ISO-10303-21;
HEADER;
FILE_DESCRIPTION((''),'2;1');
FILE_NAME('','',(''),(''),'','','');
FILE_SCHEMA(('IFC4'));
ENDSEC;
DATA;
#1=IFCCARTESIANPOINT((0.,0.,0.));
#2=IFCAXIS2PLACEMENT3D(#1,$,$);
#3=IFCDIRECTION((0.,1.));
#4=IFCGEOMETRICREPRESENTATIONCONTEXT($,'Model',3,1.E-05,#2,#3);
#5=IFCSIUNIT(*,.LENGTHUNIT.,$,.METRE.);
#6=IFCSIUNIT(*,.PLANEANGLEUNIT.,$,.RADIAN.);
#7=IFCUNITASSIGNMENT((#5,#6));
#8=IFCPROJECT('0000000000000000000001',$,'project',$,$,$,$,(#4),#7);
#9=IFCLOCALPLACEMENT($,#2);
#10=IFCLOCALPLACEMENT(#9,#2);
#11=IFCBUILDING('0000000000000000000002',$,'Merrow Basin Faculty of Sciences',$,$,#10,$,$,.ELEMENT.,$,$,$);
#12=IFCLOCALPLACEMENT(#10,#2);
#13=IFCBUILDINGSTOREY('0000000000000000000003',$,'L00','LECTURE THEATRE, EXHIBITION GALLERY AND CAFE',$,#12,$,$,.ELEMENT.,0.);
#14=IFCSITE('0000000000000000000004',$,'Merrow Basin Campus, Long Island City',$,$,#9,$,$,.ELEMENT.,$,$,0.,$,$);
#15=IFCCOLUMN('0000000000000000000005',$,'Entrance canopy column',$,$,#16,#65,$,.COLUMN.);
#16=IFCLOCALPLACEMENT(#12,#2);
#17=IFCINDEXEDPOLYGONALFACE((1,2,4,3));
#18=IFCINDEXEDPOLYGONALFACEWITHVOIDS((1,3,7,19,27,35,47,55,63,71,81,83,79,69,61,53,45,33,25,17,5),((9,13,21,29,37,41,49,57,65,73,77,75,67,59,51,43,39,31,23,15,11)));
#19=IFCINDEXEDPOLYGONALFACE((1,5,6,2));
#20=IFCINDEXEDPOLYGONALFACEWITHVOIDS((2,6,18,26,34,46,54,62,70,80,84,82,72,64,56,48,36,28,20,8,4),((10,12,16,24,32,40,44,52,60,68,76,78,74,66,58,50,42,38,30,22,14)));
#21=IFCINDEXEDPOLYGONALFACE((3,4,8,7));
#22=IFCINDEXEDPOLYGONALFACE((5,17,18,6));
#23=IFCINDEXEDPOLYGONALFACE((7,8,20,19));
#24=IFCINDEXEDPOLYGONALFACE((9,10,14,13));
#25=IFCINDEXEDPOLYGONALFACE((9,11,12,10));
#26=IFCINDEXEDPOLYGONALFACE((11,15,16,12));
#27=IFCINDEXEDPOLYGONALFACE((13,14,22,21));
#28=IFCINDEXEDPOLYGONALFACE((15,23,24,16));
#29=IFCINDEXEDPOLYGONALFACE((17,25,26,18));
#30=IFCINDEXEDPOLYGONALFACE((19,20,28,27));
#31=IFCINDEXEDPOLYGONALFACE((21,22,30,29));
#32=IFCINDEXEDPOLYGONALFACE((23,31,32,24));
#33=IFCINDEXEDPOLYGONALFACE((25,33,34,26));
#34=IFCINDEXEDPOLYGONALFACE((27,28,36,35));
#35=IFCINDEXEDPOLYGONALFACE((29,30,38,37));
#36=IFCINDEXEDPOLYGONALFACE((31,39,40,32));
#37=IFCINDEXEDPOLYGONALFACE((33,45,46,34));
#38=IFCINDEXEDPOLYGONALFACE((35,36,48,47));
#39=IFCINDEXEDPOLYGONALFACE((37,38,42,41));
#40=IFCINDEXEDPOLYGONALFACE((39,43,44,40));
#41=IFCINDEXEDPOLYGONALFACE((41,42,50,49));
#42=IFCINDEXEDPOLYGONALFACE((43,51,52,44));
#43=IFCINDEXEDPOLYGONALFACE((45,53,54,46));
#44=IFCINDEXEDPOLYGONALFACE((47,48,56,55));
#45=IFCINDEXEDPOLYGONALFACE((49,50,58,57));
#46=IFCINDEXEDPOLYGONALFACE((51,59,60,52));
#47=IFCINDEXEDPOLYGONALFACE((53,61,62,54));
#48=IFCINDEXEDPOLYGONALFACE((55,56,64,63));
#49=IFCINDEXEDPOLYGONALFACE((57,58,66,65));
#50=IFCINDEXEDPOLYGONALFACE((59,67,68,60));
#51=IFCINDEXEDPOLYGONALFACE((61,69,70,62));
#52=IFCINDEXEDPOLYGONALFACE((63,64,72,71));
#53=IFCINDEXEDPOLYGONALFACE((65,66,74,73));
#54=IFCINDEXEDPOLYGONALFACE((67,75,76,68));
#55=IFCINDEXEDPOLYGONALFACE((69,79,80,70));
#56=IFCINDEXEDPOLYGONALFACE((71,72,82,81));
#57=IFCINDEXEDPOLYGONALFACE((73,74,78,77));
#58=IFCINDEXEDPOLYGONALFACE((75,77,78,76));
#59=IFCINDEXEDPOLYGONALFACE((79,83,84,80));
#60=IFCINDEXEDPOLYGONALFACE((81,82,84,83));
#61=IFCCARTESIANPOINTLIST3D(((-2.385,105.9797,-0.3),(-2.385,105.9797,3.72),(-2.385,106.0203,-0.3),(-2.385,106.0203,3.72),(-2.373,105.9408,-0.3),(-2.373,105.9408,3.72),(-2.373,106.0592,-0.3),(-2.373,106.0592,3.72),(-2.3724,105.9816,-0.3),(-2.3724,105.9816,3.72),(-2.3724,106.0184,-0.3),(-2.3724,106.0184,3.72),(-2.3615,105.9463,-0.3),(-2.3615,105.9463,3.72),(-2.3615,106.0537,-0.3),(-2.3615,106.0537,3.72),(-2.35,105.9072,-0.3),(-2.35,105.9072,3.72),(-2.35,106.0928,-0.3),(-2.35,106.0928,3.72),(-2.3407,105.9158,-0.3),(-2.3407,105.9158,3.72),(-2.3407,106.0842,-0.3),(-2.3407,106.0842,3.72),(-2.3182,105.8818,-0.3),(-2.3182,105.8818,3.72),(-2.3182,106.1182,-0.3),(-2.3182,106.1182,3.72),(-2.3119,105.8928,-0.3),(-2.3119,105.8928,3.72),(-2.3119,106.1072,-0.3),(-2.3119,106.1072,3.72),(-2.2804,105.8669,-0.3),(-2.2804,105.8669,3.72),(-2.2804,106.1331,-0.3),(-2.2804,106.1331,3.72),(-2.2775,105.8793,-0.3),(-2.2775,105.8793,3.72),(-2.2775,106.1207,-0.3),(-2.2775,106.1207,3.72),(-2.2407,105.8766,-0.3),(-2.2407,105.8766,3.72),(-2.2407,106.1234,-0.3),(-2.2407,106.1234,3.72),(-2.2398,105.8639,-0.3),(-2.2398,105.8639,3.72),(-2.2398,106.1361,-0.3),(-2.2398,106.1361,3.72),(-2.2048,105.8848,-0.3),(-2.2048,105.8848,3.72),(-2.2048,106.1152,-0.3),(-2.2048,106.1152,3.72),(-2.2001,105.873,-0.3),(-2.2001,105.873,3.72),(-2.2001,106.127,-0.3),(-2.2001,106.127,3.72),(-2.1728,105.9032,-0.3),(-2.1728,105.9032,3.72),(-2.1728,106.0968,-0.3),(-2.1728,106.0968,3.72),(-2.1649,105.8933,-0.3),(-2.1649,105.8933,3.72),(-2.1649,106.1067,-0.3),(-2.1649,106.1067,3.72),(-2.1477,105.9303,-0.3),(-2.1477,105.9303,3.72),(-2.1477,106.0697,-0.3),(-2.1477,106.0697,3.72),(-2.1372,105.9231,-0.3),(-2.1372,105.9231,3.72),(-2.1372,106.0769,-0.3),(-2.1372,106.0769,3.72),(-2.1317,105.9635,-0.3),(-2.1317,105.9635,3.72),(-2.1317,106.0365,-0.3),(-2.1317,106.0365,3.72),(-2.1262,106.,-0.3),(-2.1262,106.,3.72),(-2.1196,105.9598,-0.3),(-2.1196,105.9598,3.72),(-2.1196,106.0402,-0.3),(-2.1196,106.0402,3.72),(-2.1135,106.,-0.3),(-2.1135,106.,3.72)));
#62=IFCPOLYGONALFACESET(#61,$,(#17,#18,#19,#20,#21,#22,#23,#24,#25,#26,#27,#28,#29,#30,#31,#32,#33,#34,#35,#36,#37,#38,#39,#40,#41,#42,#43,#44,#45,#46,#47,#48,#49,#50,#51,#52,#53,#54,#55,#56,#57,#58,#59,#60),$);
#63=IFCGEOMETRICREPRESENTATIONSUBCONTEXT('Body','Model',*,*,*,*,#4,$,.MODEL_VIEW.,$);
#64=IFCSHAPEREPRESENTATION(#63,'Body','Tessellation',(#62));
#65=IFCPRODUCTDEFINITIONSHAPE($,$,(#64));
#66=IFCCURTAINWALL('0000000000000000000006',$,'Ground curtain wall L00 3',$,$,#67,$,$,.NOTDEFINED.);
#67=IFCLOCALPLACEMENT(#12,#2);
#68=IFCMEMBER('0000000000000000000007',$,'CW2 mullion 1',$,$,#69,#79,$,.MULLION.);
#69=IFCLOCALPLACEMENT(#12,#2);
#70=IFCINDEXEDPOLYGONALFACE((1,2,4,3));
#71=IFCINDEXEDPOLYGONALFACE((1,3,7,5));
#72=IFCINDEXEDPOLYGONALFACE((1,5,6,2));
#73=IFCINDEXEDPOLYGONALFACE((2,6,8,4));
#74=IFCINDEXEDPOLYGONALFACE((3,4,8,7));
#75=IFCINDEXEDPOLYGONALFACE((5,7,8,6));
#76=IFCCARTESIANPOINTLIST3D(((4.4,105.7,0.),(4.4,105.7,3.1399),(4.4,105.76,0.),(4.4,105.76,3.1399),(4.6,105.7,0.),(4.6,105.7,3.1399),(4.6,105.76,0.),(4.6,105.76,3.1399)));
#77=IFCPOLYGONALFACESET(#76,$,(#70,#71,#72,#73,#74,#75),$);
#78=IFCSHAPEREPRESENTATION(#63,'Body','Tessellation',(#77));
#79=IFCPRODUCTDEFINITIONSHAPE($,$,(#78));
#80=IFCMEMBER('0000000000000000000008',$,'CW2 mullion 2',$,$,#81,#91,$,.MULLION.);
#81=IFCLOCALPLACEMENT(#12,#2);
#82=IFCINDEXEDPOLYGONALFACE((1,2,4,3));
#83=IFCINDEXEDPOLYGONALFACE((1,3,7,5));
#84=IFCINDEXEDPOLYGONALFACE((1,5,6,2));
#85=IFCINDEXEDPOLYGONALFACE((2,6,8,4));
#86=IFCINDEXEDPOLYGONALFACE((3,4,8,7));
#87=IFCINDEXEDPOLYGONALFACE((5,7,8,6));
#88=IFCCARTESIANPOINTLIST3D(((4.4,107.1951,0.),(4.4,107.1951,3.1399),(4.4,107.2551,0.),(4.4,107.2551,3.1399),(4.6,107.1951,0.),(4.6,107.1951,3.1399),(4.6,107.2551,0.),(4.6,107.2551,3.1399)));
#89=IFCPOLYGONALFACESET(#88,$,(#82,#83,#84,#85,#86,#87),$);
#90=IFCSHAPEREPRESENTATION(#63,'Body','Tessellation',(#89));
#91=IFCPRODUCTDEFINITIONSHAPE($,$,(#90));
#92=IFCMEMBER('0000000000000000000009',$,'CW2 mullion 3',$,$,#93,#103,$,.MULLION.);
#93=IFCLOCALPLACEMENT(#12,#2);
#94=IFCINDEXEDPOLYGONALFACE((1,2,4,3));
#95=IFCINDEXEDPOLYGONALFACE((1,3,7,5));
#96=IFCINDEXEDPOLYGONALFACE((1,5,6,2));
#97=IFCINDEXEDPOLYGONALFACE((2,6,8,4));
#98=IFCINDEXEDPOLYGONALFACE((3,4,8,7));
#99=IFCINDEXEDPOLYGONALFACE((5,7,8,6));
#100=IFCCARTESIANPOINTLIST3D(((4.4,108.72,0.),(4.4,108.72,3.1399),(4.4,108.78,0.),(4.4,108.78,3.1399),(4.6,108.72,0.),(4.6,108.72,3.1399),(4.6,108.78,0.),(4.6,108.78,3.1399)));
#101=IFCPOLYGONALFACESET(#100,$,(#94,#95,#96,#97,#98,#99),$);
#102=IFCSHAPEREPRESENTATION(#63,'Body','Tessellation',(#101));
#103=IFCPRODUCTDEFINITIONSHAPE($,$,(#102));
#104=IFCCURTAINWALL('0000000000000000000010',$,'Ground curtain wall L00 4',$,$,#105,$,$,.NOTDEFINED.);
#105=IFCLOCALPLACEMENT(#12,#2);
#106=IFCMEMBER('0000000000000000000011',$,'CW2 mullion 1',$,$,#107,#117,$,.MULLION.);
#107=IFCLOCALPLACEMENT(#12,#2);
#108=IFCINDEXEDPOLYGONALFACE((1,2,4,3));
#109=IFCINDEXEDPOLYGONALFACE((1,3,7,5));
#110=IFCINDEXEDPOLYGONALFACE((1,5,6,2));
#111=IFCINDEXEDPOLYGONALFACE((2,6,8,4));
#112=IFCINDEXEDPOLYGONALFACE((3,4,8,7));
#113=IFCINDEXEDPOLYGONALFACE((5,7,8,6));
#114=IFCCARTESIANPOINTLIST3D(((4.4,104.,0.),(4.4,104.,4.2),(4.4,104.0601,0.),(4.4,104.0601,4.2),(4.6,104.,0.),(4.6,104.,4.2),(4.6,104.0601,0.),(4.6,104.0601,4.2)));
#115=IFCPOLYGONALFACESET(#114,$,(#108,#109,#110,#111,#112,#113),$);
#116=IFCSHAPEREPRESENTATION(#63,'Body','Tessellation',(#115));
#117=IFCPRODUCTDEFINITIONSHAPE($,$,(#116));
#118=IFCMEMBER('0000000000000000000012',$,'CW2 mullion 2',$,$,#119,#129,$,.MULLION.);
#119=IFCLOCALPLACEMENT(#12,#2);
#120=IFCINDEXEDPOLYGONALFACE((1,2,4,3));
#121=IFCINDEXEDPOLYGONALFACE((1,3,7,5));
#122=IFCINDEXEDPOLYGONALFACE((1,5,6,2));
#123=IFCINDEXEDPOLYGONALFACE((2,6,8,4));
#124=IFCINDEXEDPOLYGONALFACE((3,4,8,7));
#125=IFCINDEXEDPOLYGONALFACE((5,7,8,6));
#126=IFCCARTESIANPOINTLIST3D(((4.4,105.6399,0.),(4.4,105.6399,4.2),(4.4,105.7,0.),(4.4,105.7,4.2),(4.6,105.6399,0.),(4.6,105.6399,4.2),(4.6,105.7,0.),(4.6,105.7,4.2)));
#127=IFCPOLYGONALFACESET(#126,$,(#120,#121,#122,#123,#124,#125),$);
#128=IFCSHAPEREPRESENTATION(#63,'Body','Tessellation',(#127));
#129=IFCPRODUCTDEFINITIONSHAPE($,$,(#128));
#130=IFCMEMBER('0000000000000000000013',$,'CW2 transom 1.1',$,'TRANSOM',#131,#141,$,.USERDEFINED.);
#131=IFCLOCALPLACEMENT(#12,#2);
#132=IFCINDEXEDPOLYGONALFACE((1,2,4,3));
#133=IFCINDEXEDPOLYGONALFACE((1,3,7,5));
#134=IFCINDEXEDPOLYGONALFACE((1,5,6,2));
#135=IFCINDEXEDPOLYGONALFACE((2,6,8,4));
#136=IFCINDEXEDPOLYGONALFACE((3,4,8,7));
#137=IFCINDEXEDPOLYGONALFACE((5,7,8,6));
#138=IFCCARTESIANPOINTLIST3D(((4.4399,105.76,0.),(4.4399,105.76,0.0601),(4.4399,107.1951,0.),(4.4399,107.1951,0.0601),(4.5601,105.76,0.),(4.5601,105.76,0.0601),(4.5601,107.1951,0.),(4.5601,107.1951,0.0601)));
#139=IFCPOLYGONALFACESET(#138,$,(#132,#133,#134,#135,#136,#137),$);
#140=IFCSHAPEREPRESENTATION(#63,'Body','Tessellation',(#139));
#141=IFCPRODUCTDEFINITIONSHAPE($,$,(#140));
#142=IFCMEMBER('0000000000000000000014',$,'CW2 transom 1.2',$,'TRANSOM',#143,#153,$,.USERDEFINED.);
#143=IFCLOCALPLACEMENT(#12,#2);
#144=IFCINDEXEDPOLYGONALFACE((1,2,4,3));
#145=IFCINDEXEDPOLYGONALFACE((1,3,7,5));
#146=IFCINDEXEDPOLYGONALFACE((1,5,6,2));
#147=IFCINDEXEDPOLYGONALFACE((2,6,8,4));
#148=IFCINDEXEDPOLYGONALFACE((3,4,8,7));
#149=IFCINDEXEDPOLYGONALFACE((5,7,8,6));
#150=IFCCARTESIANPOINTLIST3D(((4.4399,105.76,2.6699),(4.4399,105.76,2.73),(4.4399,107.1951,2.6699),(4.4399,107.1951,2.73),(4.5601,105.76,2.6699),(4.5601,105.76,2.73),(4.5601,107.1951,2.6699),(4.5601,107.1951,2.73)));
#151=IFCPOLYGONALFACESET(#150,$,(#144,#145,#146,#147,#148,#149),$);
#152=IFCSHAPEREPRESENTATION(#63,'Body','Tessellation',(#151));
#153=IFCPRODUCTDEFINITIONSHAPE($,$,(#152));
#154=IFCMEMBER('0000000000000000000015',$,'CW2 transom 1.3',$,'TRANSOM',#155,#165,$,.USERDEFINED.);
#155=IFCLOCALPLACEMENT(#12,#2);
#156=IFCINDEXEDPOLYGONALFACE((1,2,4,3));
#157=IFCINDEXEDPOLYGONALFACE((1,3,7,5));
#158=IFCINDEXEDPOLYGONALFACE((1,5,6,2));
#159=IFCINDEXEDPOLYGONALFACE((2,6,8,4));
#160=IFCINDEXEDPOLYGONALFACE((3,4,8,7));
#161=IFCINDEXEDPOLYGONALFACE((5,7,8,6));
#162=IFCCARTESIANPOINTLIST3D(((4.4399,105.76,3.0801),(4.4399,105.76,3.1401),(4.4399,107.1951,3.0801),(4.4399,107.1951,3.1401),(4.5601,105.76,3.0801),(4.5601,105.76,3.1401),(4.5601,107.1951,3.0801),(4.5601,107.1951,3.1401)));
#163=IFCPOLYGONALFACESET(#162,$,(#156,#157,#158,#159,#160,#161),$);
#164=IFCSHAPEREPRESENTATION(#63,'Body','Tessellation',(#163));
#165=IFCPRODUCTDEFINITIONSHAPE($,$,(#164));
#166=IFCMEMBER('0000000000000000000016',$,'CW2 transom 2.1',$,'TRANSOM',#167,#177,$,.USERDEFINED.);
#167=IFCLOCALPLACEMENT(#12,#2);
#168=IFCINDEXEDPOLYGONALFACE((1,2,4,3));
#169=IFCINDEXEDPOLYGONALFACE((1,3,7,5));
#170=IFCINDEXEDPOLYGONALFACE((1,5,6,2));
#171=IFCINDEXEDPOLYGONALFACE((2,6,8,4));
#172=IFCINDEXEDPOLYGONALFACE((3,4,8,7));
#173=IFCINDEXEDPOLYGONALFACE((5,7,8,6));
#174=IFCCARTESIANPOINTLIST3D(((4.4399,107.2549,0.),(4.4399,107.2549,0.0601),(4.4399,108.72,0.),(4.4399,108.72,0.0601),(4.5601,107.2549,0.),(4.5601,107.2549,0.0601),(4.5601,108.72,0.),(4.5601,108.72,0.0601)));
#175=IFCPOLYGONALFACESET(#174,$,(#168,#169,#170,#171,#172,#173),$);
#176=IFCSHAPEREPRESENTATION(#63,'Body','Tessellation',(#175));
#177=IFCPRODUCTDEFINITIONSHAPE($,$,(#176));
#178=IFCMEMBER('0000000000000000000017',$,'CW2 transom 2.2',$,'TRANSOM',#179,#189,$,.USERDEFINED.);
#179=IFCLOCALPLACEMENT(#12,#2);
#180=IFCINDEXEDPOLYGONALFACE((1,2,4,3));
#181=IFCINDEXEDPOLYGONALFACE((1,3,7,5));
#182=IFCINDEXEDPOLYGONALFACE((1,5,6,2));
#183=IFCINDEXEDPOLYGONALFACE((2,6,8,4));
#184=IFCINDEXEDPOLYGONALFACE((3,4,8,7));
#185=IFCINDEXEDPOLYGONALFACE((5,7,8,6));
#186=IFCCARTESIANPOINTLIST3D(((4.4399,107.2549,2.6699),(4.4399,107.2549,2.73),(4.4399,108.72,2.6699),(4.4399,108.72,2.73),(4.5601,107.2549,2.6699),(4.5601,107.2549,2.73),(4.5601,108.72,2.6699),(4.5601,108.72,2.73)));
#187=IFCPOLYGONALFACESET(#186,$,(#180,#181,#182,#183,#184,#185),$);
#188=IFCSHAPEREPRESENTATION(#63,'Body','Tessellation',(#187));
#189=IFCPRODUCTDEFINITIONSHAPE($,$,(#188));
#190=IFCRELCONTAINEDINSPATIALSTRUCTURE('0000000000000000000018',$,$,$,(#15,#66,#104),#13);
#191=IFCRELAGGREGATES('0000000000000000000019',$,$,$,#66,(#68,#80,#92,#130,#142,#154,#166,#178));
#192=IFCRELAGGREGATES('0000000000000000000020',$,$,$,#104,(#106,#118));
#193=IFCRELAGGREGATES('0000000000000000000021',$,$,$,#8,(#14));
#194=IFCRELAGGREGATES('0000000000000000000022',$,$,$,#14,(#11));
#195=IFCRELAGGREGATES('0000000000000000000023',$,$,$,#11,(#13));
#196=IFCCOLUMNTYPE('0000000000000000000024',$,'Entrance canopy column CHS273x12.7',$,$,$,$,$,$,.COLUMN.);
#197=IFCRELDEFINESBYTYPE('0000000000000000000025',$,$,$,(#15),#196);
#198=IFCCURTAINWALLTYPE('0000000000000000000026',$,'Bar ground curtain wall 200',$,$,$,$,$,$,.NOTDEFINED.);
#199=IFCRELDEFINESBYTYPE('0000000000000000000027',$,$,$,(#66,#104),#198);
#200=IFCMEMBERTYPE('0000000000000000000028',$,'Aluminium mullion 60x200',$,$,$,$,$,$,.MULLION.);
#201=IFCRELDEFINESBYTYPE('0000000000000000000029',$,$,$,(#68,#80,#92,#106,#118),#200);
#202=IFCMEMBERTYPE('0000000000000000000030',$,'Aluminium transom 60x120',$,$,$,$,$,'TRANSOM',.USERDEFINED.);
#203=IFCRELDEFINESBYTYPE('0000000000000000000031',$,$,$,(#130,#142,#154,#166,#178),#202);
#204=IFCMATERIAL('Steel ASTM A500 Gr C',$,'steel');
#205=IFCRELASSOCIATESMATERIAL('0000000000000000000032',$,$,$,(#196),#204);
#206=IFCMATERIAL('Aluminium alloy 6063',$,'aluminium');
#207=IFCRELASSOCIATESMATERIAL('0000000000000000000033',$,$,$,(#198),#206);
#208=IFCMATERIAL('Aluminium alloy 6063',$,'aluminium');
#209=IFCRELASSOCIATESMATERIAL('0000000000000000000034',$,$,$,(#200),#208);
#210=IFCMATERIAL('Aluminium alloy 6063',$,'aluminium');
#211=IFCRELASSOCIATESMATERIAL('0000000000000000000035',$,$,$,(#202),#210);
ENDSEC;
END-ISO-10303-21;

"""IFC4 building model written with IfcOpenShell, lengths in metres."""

from ifc_helpers import new_model, si_unit, direction, frame, origin, origin_2d, place, context, subcontext, project, spatial, rectangle, hollow_circle, extrude, material, material_profile, profile_set, type_object, element, aggregate, save


model = new_model("IFC4")

# Units and contexts
model_context = context("Model", 3, precision=1e-05, world=origin(), true_north=direction((0.0, 1.0)))
body_context = subcontext(model_context, "Body", "Model", "MODEL_VIEW")
ifc_project = project(units=[si_unit("LENGTHUNIT", "METRE"), si_unit("PLANEANGLEUNIT", "RADIAN")], contexts=[model_context])

# Site, building, storey
site_placement = place(None, origin())
site = spatial("IfcSite", under=ifc_project, at=site_placement, Name="Merrow Basin Campus, Long Island City", CompositionType="ELEMENT", RefElevation=0.0)
building_placement = place(site_placement, origin())
building = spatial("IfcBuilding", under=site, at=building_placement, Name="Merrow Basin Faculty of Sciences", CompositionType="ELEMENT")
storey_placement = place(building_placement, origin())
storey = spatial("IfcBuildingStorey", under=building, at=storey_placement, Name="L00", Description="LECTURE THEATRE, EXHIBITION GALLERY AND CAFE", CompositionType="ELEMENT", Elevation=0.0)

# Column
ifc_material_1 = material(Name="Steel ASTM A500 Gr C", Category="steel")
ifc_material_profile_1 = material_profile(ifc_material_1, hollow_circle(Radius=0.1365, WallThickness=0.0127, at=origin_2d()))
ifc_profile_set_1 = profile_set([ifc_material_profile_1], Name="Steel ASTM A500 Gr C")
column_type_1 = type_object("IfcColumnType", Name="Entrance canopy column CHS273x12.7", PredefinedType="COLUMN", material=ifc_profile_set_1)
column_1_placement = place(storey_placement, frame((-2.25, 106.0, -0.3), z_axis=(0.0, 0.0, 1.0), x_axis=(1.0, 0.0, 0.0)))
element("IfcColumn", 1, at=column_1_placement, inside=storey, type_object=column_type_1, Name="Entrance canopy column", PredefinedType="COLUMN", context=body_context, shape_type="SweptSolid", body=[
    extrude(hollow_circle(Radius=0.1365, WallThickness=0.0127, at=origin_2d()), origin(), (0.0, 0.0, 1.0), 4.02),
])

# Curtain walls, members
ifc_material_2 = material(Name="Aluminium alloy 6063", Category="aluminium")
curtain_wall_type = type_object("IfcCurtainWallType", Name="Bar ground curtain wall 200", PredefinedType="NOTDEFINED", material=ifc_material_2)
curtain_wall_1_placement = place(storey_placement, origin())
curtain_wall_1 = element("IfcCurtainWall", 2, at=curtain_wall_1_placement, inside=storey, type_object=curtain_wall_type, Name="Ground curtain wall L00 3", PredefinedType="NOTDEFINED")
ifc_material_3 = material(Name="Aluminium alloy 6063", Category="aluminium")
ifc_material_profile_2 = material_profile(ifc_material_3, rectangle(XDim=0.2, YDim=0.0601, at=origin_2d()))
ifc_profile_set_2 = profile_set([ifc_material_profile_2], Name="Aluminium alloy 6063")
member_type_1 = type_object("IfcMemberType", Name="Aluminium mullion 60x200", PredefinedType="MULLION", material=ifc_profile_set_2)
member_1_placement = place(storey_placement, frame((4.5, 105.73, 0.0), z_axis=(0.0, 0.0, 1.0), x_axis=(-1.0, 0.0, 0.0)))
member_1 = element("IfcMember", 3, at=member_1_placement, type_object=member_type_1, Name="CW2 mullion 1", PredefinedType="MULLION", context=body_context, shape_type="SweptSolid", body=[
    extrude(rectangle(XDim=0.2, YDim=0.0601, at=origin_2d()), origin(), (0.0, 0.0, 1.0), 3.1399),
])
member_2_placement = place(storey_placement, frame((4.5, 107.2251, 0.0), z_axis=(0.0, 0.0, 1.0), x_axis=(-1.0, 0.0, 0.0)))
member_2 = element("IfcMember", 4, at=member_2_placement, type_object=member_type_1, Name="CW2 mullion 2", PredefinedType="MULLION", context=body_context, shape_type="SweptSolid", body=[
    extrude(rectangle(XDim=0.2, YDim=0.0601, at=origin_2d()), origin(), (0.0, 0.0, 1.0), 3.1399),
])
member_3_placement = place(storey_placement, frame((4.5, 108.75, 0.0), z_axis=(0.0, 0.0, 1.0), x_axis=(-1.0, 0.0, 0.0)))
member_3 = element("IfcMember", 5, at=member_3_placement, type_object=member_type_1, Name="CW2 mullion 3", PredefinedType="MULLION", context=body_context, shape_type="SweptSolid", body=[
    extrude(rectangle(XDim=0.2, YDim=0.0601, at=origin_2d()), origin(), (0.0, 0.0, 1.0), 3.1399),
])
curtain_wall_2_placement = place(storey_placement, origin())
curtain_wall_2 = element("IfcCurtainWall", 6, at=curtain_wall_2_placement, inside=storey, type_object=curtain_wall_type, Name="Ground curtain wall L00 4", PredefinedType="NOTDEFINED")
member_4_placement = place(storey_placement, frame((4.5, 104.03, 0.0), z_axis=(0.0, 0.0, 1.0), x_axis=(-1.0, 0.0, 0.0)))
member_4 = element("IfcMember", 7, at=member_4_placement, type_object=member_type_1, Name="CW2 mullion 1", PredefinedType="MULLION", context=body_context, shape_type="SweptSolid", body=[
    extrude(rectangle(XDim=0.2, YDim=0.0601, at=origin_2d()), origin(), (0.0, 0.0, 1.0), 4.2),
])
member_5_placement = place(storey_placement, frame((4.5, 105.6699, 0.0), z_axis=(0.0, 0.0, 1.0), x_axis=(-1.0, 0.0, 0.0)))
member_5 = element("IfcMember", 8, at=member_5_placement, type_object=member_type_1, Name="CW2 mullion 2", PredefinedType="MULLION", context=body_context, shape_type="SweptSolid", body=[
    extrude(rectangle(XDim=0.2, YDim=0.0601, at=origin_2d()), origin(), (0.0, 0.0, 1.0), 4.2),
])

# Members
ifc_material_4 = material(Name="Aluminium alloy 6063", Category="aluminium")
ifc_material_profile_3 = material_profile(ifc_material_4, rectangle(XDim=0.1201, YDim=0.0601, at=origin_2d()))
ifc_profile_set_3 = profile_set([ifc_material_profile_3], Name="Aluminium alloy 6063")
member_type_2 = type_object("IfcMemberType", Name="Aluminium transom 60x120", ElementType="TRANSOM", PredefinedType="USERDEFINED", material=ifc_profile_set_3)
member_6_placement = place(storey_placement, frame((4.5, 105.76, 0.03), z_axis=(0.0, 1.0, 0.0), x_axis=(-1.0, 0.0, 0.0)))
member_6 = element("IfcMember", 9, at=member_6_placement, type_object=member_type_2, Name="CW2 transom 1.1", ObjectType="TRANSOM", PredefinedType="USERDEFINED", context=body_context, shape_type="SweptSolid", body=[
    extrude(rectangle(XDim=0.1201, YDim=0.0601, at=origin_2d()), origin(), (0.0, 0.0, 1.0), 1.4351),
])
member_7_placement = place(storey_placement, frame((4.5, 105.76, 2.7), z_axis=(0.0, 1.0, 0.0), x_axis=(-1.0, 0.0, 0.0)))
member_7 = element("IfcMember", 10, at=member_7_placement, type_object=member_type_2, Name="CW2 transom 1.2", ObjectType="TRANSOM", PredefinedType="USERDEFINED", context=body_context, shape_type="SweptSolid", body=[
    extrude(rectangle(XDim=0.1201, YDim=0.0601, at=origin_2d()), origin(), (0.0, 0.0, 1.0), 1.4351),
])
member_8_placement = place(storey_placement, frame((4.5, 105.76, 3.1101), z_axis=(0.0, 1.0, 0.0), x_axis=(-1.0, 0.0, 0.0)))
member_8 = element("IfcMember", 11, at=member_8_placement, type_object=member_type_2, Name="CW2 transom 1.3", ObjectType="TRANSOM", PredefinedType="USERDEFINED", context=body_context, shape_type="SweptSolid", body=[
    extrude(rectangle(XDim=0.1201, YDim=0.0601, at=origin_2d()), origin(), (0.0, 0.0, 1.0), 1.4351),
])
member_9_placement = place(storey_placement, frame((4.5, 107.2549, 0.03), z_axis=(0.0, 1.0, 0.0), x_axis=(-1.0, 0.0, 0.0)))
member_9 = element("IfcMember", 12, at=member_9_placement, type_object=member_type_2, Name="CW2 transom 2.1", ObjectType="TRANSOM", PredefinedType="USERDEFINED", context=body_context, shape_type="SweptSolid", body=[
    extrude(rectangle(XDim=0.1201, YDim=0.0601, at=origin_2d()), origin(), (0.0, 0.0, 1.0), 1.4651),
])
member_10_placement = place(storey_placement, frame((4.5, 107.2549, 2.7), z_axis=(0.0, 1.0, 0.0), x_axis=(-1.0, 0.0, 0.0)))
member_10 = element("IfcMember", 13, at=member_10_placement, type_object=member_type_2, Name="CW2 transom 2.2", ObjectType="TRANSOM", PredefinedType="USERDEFINED", context=body_context, shape_type="SweptSolid", body=[
    extrude(rectangle(XDim=0.1201, YDim=0.0601, at=origin_2d()), origin(), (0.0, 0.0, 1.0), 1.4651),
])

aggregate(curtain_wall_1, [member_1, member_2, member_3, member_6, member_7, member_8, member_9, member_10])
aggregate(curtain_wall_2, [member_4, member_5])

save(model, "model.ifc")
